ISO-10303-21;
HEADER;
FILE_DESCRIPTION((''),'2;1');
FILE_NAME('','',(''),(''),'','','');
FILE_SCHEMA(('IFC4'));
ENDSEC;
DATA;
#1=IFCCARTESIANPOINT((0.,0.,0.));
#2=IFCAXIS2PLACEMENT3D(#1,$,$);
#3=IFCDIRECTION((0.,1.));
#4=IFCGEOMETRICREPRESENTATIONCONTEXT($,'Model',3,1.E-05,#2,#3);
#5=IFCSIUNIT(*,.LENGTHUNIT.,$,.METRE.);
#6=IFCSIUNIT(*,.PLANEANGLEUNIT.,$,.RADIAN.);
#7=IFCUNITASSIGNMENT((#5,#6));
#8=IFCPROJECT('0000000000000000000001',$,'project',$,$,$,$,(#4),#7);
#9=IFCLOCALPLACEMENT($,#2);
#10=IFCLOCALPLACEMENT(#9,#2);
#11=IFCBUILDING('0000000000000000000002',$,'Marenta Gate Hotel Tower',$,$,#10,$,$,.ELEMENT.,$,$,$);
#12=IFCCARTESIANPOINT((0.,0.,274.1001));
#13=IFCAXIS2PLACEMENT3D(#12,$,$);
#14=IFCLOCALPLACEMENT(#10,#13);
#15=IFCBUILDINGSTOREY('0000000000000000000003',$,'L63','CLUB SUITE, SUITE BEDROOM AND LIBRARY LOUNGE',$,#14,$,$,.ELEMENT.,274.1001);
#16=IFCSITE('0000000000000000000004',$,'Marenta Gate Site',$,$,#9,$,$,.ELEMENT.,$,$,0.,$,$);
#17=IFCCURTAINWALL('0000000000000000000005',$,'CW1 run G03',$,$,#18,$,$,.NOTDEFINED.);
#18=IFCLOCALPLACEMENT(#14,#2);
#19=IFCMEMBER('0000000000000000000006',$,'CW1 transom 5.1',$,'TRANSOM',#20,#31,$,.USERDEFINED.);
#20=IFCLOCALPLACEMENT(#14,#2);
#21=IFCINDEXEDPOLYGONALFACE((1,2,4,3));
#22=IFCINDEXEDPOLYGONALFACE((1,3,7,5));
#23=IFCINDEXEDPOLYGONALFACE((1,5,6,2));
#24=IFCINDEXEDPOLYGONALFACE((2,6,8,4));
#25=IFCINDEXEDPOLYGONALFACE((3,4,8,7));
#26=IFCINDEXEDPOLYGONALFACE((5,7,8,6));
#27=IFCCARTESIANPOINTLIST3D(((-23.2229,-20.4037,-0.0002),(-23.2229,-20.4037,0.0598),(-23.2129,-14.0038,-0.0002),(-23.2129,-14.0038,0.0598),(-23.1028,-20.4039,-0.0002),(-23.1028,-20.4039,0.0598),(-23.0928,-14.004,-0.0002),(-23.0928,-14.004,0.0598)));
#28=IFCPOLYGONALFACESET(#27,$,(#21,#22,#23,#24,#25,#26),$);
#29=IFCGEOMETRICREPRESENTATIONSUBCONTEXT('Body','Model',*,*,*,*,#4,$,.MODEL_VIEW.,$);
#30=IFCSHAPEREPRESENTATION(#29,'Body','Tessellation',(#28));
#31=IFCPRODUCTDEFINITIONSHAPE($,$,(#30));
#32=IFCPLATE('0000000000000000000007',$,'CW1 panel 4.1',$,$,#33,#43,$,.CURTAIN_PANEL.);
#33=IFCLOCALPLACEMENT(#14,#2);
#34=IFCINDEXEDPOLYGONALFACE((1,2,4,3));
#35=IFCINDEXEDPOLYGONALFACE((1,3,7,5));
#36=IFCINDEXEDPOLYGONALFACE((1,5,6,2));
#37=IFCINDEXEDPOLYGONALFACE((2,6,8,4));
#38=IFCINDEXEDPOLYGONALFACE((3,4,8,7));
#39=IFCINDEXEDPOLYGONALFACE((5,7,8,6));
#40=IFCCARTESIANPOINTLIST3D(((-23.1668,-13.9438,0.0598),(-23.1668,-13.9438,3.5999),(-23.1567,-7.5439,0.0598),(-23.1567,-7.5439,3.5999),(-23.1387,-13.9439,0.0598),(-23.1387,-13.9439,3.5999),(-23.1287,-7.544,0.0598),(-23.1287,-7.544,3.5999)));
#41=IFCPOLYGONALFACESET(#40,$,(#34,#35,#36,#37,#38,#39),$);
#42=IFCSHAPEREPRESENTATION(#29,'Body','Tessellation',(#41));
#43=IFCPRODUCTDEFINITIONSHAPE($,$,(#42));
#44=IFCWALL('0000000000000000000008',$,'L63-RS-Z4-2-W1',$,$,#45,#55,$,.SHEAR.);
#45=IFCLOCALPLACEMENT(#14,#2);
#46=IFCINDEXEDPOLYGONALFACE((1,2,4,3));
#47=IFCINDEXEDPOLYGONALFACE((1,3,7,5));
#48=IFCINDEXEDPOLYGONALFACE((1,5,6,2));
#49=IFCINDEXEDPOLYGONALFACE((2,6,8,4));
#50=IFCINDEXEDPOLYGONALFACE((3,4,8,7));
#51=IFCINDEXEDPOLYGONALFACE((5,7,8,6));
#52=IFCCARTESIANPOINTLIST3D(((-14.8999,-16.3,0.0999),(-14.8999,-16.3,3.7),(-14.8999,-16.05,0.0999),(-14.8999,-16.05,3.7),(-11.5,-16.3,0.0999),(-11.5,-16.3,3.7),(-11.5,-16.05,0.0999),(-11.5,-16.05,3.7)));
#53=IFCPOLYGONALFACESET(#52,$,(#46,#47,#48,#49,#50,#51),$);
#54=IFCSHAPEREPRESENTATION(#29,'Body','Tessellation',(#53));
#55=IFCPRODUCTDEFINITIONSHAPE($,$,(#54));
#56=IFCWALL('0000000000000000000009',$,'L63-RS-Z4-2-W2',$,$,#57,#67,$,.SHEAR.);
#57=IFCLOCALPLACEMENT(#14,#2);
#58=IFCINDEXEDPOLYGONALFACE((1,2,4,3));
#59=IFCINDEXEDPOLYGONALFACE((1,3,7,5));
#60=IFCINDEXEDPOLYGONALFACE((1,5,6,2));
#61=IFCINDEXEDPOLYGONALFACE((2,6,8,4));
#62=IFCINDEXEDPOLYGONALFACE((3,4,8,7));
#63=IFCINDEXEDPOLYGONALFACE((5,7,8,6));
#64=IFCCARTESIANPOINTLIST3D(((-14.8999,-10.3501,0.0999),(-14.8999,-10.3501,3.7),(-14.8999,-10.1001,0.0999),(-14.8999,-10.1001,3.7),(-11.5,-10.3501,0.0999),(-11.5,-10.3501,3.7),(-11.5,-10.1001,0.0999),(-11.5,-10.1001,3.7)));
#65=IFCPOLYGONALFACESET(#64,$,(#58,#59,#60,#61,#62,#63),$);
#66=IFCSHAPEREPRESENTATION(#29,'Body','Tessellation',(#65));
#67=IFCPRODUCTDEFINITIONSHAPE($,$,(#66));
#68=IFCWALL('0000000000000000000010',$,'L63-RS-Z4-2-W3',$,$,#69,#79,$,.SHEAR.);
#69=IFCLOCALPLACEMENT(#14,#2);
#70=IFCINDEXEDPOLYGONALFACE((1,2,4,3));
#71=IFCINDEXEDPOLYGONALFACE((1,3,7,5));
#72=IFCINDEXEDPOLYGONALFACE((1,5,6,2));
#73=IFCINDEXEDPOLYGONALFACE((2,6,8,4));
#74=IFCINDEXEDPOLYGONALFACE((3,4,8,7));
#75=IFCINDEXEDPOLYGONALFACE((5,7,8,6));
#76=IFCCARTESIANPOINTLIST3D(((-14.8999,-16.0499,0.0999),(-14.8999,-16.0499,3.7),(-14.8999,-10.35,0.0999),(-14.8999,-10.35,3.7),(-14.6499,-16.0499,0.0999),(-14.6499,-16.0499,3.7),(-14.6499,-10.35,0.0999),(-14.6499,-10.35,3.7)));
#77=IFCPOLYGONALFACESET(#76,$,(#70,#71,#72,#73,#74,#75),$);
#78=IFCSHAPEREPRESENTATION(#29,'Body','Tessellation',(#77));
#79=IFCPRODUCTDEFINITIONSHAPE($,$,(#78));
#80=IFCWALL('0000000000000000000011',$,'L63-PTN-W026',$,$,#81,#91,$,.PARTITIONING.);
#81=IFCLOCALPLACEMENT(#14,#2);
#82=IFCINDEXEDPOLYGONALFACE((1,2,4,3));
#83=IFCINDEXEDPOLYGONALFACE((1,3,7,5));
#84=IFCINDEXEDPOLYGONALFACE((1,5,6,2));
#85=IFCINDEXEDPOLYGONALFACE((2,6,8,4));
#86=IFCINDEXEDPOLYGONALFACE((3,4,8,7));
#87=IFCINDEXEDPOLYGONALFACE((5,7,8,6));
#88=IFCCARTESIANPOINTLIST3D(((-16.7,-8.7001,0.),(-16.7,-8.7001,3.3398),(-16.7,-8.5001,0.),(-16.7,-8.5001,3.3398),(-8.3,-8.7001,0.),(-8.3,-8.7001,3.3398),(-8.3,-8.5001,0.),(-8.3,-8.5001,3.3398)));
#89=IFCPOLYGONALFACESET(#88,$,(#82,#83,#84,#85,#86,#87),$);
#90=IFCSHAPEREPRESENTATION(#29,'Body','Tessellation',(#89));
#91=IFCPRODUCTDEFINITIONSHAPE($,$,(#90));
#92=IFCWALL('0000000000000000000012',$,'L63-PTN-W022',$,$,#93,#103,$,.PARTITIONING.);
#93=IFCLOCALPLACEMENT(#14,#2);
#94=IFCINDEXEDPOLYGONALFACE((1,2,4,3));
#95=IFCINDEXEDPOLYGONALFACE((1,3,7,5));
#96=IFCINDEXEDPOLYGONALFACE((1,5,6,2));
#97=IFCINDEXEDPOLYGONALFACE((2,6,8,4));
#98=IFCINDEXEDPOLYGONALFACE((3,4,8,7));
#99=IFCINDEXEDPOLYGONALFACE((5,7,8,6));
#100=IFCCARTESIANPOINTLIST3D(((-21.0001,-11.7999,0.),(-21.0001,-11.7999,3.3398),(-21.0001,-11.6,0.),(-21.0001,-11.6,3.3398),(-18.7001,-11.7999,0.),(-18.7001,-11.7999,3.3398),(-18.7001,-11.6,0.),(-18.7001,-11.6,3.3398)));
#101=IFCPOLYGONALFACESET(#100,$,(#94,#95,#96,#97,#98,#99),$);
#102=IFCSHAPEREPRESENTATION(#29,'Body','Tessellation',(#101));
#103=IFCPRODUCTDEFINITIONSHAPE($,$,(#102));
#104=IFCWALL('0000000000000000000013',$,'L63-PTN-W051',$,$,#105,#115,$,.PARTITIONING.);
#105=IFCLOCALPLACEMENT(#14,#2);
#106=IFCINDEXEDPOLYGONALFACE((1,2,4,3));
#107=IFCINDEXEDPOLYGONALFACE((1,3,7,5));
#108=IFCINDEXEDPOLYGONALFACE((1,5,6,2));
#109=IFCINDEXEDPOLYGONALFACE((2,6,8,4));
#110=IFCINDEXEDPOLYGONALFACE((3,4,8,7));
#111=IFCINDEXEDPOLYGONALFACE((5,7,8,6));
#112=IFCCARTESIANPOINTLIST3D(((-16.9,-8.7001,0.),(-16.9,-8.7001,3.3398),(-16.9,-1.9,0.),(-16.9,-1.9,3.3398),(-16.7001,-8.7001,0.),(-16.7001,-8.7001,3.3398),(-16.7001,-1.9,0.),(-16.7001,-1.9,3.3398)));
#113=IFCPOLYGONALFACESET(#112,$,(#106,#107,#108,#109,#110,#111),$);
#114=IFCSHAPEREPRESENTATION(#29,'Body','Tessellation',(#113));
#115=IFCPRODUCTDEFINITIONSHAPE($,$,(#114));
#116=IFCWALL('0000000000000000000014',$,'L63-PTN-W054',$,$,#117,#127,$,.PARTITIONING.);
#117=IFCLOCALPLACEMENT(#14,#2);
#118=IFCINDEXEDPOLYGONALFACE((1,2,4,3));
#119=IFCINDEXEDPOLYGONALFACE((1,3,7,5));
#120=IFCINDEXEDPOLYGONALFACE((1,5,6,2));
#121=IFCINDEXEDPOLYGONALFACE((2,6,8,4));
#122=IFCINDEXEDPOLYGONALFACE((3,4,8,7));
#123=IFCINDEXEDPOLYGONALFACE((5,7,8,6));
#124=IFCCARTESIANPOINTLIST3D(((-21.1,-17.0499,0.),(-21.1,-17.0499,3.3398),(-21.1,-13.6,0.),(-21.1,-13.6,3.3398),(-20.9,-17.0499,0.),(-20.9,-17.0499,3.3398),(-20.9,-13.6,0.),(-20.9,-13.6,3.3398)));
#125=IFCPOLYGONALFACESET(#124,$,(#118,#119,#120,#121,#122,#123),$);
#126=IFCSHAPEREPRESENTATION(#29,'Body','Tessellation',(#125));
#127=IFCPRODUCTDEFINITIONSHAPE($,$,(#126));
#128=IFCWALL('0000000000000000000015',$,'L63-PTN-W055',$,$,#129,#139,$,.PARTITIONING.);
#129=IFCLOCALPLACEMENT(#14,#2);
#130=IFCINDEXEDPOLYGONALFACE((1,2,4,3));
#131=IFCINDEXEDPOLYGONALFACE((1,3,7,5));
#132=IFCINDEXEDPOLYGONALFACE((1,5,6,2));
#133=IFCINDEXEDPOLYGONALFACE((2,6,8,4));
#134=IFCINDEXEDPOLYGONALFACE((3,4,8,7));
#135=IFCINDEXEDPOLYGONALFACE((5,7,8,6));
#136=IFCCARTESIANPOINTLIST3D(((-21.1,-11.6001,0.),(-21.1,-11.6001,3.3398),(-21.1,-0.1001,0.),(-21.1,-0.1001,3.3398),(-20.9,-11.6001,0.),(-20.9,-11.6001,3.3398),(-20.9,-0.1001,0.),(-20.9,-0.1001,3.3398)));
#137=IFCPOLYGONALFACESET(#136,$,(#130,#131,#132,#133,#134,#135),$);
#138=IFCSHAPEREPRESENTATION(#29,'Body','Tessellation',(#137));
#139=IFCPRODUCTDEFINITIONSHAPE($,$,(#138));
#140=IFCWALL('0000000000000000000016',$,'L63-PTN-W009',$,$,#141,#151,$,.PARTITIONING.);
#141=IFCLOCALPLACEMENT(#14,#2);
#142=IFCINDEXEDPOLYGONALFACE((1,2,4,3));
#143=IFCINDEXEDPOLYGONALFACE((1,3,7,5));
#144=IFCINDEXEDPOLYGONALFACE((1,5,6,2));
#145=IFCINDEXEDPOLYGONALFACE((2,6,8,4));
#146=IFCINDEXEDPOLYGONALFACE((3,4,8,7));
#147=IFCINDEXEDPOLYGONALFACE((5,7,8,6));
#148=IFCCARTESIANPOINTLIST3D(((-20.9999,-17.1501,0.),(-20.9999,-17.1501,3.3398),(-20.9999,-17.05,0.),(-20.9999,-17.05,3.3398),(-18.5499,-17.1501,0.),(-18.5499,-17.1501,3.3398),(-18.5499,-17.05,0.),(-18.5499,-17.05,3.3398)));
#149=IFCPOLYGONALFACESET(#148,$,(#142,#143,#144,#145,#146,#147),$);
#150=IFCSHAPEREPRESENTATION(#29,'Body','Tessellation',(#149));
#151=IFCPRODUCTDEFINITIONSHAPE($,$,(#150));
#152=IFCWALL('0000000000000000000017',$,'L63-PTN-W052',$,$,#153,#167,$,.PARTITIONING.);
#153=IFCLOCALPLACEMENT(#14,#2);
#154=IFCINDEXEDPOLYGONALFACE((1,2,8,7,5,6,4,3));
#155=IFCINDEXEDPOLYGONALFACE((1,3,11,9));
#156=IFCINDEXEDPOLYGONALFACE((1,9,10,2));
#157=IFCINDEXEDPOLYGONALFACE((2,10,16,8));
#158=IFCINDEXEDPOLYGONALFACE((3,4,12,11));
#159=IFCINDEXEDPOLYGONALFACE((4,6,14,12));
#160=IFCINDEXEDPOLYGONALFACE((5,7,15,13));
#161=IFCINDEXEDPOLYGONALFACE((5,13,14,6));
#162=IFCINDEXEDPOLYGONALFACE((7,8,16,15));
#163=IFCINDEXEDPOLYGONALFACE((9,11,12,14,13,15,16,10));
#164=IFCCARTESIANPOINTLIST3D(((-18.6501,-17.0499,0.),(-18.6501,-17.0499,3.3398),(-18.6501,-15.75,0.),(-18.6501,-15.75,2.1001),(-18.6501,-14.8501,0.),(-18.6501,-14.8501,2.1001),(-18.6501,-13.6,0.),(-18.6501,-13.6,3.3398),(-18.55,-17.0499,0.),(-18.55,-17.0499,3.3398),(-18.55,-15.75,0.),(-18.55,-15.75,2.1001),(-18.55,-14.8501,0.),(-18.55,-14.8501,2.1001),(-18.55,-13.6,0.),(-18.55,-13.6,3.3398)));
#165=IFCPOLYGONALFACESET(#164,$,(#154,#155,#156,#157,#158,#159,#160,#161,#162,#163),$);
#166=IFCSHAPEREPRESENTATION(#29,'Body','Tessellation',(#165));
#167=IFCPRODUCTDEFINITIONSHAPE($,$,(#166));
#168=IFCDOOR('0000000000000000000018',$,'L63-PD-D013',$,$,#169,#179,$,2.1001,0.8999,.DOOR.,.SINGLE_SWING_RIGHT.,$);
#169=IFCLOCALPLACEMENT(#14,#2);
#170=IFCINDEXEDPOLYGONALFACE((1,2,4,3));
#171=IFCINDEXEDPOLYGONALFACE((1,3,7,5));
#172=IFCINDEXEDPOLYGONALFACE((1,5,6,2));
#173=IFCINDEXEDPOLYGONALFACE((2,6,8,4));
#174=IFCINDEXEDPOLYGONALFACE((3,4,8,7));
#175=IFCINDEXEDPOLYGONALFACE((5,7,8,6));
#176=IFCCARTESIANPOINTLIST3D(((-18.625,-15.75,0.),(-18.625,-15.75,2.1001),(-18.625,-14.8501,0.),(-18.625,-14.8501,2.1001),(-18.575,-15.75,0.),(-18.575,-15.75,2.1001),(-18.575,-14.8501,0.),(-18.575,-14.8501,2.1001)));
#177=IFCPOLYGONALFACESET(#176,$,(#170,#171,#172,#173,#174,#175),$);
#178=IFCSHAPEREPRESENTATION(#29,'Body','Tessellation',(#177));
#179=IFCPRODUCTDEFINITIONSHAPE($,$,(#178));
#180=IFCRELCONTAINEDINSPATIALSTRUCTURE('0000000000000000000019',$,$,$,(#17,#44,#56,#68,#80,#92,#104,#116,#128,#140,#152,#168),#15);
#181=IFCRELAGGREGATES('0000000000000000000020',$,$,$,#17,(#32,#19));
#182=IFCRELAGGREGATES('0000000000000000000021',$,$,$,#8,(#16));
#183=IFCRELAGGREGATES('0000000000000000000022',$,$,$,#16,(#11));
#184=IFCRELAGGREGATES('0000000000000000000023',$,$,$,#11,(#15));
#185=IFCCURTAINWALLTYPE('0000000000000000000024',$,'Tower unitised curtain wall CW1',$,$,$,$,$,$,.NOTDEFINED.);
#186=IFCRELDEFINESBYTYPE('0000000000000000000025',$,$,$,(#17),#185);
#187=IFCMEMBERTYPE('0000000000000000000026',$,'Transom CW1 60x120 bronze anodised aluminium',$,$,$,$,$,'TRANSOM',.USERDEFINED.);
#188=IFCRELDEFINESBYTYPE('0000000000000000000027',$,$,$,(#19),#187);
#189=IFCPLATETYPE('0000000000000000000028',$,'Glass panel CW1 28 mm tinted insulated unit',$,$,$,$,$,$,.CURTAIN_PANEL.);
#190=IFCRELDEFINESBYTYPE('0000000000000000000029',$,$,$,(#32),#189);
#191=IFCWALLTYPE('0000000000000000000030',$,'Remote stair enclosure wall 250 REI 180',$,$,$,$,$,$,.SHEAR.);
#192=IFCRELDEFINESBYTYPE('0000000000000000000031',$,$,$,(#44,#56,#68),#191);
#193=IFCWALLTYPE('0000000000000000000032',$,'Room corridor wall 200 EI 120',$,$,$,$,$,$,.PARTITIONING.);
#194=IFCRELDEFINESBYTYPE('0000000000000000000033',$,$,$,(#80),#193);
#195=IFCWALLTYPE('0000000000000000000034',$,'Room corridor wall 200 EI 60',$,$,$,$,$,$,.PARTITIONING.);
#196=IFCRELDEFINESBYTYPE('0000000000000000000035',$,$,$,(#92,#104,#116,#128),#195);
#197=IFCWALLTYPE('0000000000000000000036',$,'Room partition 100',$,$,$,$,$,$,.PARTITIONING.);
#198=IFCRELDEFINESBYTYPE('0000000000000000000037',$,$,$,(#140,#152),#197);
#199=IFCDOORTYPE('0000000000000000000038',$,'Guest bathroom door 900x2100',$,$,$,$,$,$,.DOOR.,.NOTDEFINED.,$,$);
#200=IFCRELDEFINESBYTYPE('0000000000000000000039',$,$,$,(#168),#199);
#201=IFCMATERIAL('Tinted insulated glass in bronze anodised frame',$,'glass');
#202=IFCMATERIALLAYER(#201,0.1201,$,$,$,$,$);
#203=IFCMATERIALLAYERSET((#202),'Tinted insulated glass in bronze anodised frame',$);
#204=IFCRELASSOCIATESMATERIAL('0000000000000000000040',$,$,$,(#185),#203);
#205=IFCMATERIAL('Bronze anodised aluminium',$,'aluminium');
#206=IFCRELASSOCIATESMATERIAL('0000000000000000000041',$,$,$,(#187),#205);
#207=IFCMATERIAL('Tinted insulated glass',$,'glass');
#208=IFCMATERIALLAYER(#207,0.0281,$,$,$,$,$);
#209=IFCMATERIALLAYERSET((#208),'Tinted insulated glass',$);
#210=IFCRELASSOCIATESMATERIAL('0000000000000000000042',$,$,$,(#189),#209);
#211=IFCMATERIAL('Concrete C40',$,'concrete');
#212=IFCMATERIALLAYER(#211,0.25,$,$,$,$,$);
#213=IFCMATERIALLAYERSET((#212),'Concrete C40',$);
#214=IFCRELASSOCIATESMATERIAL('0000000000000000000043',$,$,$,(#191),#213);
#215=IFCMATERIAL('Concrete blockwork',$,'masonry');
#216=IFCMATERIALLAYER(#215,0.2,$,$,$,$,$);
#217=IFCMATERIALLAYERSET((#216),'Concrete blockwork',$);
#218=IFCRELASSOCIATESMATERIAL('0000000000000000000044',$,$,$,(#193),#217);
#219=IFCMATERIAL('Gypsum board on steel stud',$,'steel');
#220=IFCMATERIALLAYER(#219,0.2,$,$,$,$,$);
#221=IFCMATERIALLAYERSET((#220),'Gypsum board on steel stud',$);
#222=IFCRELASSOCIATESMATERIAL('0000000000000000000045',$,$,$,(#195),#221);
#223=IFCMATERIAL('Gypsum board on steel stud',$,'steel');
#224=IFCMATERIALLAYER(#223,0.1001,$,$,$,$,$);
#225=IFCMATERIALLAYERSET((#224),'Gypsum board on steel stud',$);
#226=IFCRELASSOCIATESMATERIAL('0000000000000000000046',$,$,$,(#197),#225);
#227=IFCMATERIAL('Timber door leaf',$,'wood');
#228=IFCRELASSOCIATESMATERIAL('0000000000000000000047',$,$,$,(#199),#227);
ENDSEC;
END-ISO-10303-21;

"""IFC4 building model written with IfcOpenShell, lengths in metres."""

from ifc_helpers import new_model, si_unit, direction, frame, frame_2d, origin, origin_2d, place, context, subcontext, project, spatial, rectangle, extrude, material, layer, layer_set, material_profile, profile_set, type_object, element, fill, aggregate, save


model = new_model("IFC4")

# Units and contexts
model_context = context("Model", 3, precision=1e-05, world=origin(), true_north=direction((0.0, 1.0)))
body_context = subcontext(model_context, "Body", "Model", "MODEL_VIEW")
ifc_project = project(units=[si_unit("LENGTHUNIT", "METRE"), si_unit("PLANEANGLEUNIT", "RADIAN")], contexts=[model_context])

# Site, building, storey
site_placement = place(None, origin())
site = spatial("IfcSite", under=ifc_project, at=site_placement, Name="Marenta Gate Site", CompositionType="ELEMENT", RefElevation=0.0)
building_placement = place(site_placement, origin())
building = spatial("IfcBuilding", under=site, at=building_placement, Name="Marenta Gate Hotel Tower", CompositionType="ELEMENT")
storey_placement = place(building_placement, frame((0.0, 0.0, 274.1001)))
storey = spatial("IfcBuildingStorey", under=building, at=storey_placement, Name="L63", Description="CLUB SUITE, SUITE BEDROOM AND LIBRARY LOUNGE", CompositionType="ELEMENT", Elevation=274.1001)

# Curtain wall, member, plate
ifc_material_1 = material(Name="Tinted insulated glass in bronze anodised frame", Category="glass")
ifc_layer_1 = layer(ifc_material_1, 0.1201)
ifc_layer_set_1 = layer_set([ifc_layer_1], Name="Tinted insulated glass in bronze anodised frame")
curtain_wall_type = type_object("IfcCurtainWallType", Name="Tower unitised curtain wall CW1", PredefinedType="NOTDEFINED", material=ifc_layer_set_1)
curtain_wall_placement = place(storey_placement, origin())
curtain_wall = element("IfcCurtainWall", 1, at=curtain_wall_placement, inside=storey, type_object=curtain_wall_type, Name="CW1 run G03", PredefinedType="NOTDEFINED")
ifc_material_2 = material(Name="Bronze anodised aluminium", Category="aluminium")
ifc_material_profile_1 = material_profile(ifc_material_2, rectangle(XDim=0.1201, YDim=0.0601, at=origin_2d()), Name="Transom CW1 60x120 bronze anodised aluminium")
ifc_profile_set_1 = profile_set([ifc_material_profile_1], Name="Bronze anodised aluminium")
member_type_1 = type_object("IfcMemberType", Name="Transom CW1 60x120 bronze anodised aluminium", ElementType="TRANSOM", PredefinedType="USERDEFINED", material=ifc_profile_set_1)
member_1_placement = place(storey_placement, frame((-23.1528, -14.0039, 0.0298), z_axis=(-0.001564, -0.999999, 0.0), x_axis=(0.999999, -0.001564, 0.0)))
member_1 = element("IfcMember", 2, at=member_1_placement, type_object=member_type_1, Name="CW1 transom 5.1", ObjectType="TRANSOM", PredefinedType="USERDEFINED", context=body_context, shape_type="SweptSolid", body=[
    extrude(rectangle(XDim=0.1201, YDim=0.0601, at=origin_2d()), origin(), (0.0, 0.0, 1.0), 6.3999),
])
ifc_material_3 = material(Name="Tinted insulated glass", Category="glass")
ifc_layer_2 = layer(ifc_material_3, 0.0281)
ifc_layer_set_2 = layer_set([ifc_layer_2], Name="Tinted insulated glass")
plate_type = type_object("IfcPlateType", Name="Glass panel CW1 28 mm tinted insulated unit", PredefinedType="CURTAIN_PANEL", material=ifc_layer_set_2)
plate_placement = place(storey_placement, frame((-23.1477, -10.7439, 0.0598), z_axis=(0.0, 0.0, 1.0), x_axis=(-0.001566, -0.999999, 0.0)))
plate = element("IfcPlate", 3, at=plate_placement, type_object=plate_type, Name="CW1 panel 4.1", PredefinedType="CURTAIN_PANEL", context=body_context, shape_type="SweptSolid", body=[
    extrude(rectangle(XDim=6.3999, YDim=0.0281, at=origin_2d()), origin(), (0.0, 0.0, 1.0), 3.54),
])
aggregate(curtain_wall, [plate, member_1])

# Walls
ifc_material_4 = material(Name="Concrete C40", Category="concrete")
ifc_layer_3 = layer(ifc_material_4, 0.25)
ifc_layer_set_3 = layer_set([ifc_layer_3], Name="Concrete C40")
wall_type_1 = type_object("IfcWallType", Name="Remote stair enclosure wall 250 REI 180", PredefinedType="SHEAR", material=ifc_layer_set_3)
for number, where, z_axis, x_axis, name in (
    (4, (-14.8999, -16.175, 0.0999), (0.0, 0.0, 1.0), (1.0, 0.0, 0.0), "L63-RS-Z4-2-W1"),
    (5, (-14.8999, -10.2251, 0.0999), (0.0, 0.0, 1.0), (1.0, 0.0, 0.0), "L63-RS-Z4-2-W2"),
):
    element("IfcWall", number, at=place(storey_placement, frame(where, z_axis=z_axis, x_axis=x_axis)), inside=storey, type_object=wall_type_1, Name=name, PredefinedType="SHEAR", context=body_context, shape_type="SweptSolid", body=[
        extrude(rectangle(XDim=3.3999, YDim=0.25, at=frame_2d((1.7, 0.0))), origin(), (0.0, 0.0, 1.0), 3.6001),
    ])
wall_1_placement = place(storey_placement, frame((-14.7749, -16.05, 0.0999), z_axis=(0.0, 0.0, 1.0), x_axis=(0.0, 1.0, 0.0)))
element("IfcWall", 6, at=wall_1_placement, inside=storey, type_object=wall_type_1, Name="L63-RS-Z4-2-W3", PredefinedType="SHEAR", context=body_context, shape_type="SweptSolid", body=[
    extrude(rectangle(XDim=5.7, YDim=0.25, at=frame_2d((2.8501, 0.0))), origin(), (0.0, 0.0, 1.0), 3.6001),
])
ifc_material_5 = material(Name="Concrete blockwork", Category="masonry")
ifc_layer_4 = layer(ifc_material_5, 0.2)
ifc_layer_set_4 = layer_set([ifc_layer_4], Name="Concrete blockwork")
wall_type_2 = type_object("IfcWallType", Name="Room corridor wall 200 EI 120", PredefinedType="PARTITIONING", material=ifc_layer_set_4)
wall_2_placement = place(storey_placement, frame((-16.7, -8.6001, 0.0), z_axis=(0.0, 0.0, 1.0), x_axis=(1.0, 0.0, 0.0)))
element("IfcWall", 7, at=wall_2_placement, inside=storey, type_object=wall_type_2, Name="L63-PTN-W026", PredefinedType="PARTITIONING", context=body_context, shape_type="SweptSolid", body=[
    extrude(rectangle(XDim=8.3999, YDim=0.2, at=frame_2d((4.2, 0.0))), origin(), (0.0, 0.0, 1.0), 3.3398),
])

# Shared definitions
ifc_material_6 = material(Name="Gypsum board on steel stud", Category="steel")
ifc_layer_5 = layer(ifc_material_6, 0.2)
ifc_layer_set_5 = layer_set([ifc_layer_5], Name="Gypsum board on steel stud")
wall_type_3 = type_object("IfcWallType", Name="Room corridor wall 200 EI 60", PredefinedType="PARTITIONING", material=ifc_layer_set_5)

# Walls
wall_3_placement = place(storey_placement, frame((-21.0, -11.7, 0.0), z_axis=(0.0, 0.0, 1.0), x_axis=(1.0, 0.0, 0.0)))
element("IfcWall", 8, at=wall_3_placement, inside=storey, type_object=wall_type_3, Name="L63-PTN-W022", PredefinedType="PARTITIONING", context=body_context, shape_type="SweptSolid", body=[
    extrude(rectangle(XDim=2.3, YDim=0.2, at=frame_2d((1.1499, 0.0))), origin(), (0.0, 0.0, 1.0), 3.3398),
])
wall_4_placement = place(storey_placement, frame((-16.8, -8.7, 0.0), z_axis=(0.0, 0.0, 1.0), x_axis=(0.0, 1.0, 0.0)))
element("IfcWall", 9, at=wall_4_placement, inside=storey, type_object=wall_type_3, Name="L63-PTN-W051", PredefinedType="PARTITIONING", context=body_context, shape_type="SweptSolid", body=[
    extrude(rectangle(XDim=6.8, YDim=0.2, at=frame_2d((3.3999, 0.0))), origin(), (0.0, 0.0, 1.0), 3.3398),
])

# Walls
wall_5_placement = place(storey_placement, frame((-21.0, -17.05, 0.0), z_axis=(0.0, 0.0, 1.0), x_axis=(0.0, 1.0, 0.0)))
element("IfcWall", 10, at=wall_5_placement, inside=storey, type_object=wall_type_3, Name="L63-PTN-W054", PredefinedType="PARTITIONING", context=body_context, shape_type="SweptSolid", body=[
    extrude(rectangle(XDim=3.45, YDim=0.2, at=frame_2d((1.7251, 0.0))), origin(), (0.0, 0.0, 1.0), 3.3398),
])
wall_6_placement = place(storey_placement, frame((-21.0, -11.6001, 0.0), z_axis=(0.0, 0.0, 1.0), x_axis=(0.0, 1.0, 0.0)))
element("IfcWall", 11, at=wall_6_placement, inside=storey, type_object=wall_type_3, Name="L63-PTN-W055", PredefinedType="PARTITIONING", context=body_context, shape_type="SweptSolid", body=[
    extrude(rectangle(XDim=11.5, YDim=0.2, at=frame_2d((5.75, 0.0))), origin(), (0.0, 0.0, 1.0), 3.3398),
])
ifc_material_7 = material(Name="Gypsum board on steel stud", Category="steel")
ifc_layer_6 = layer(ifc_material_7, 0.1001)
ifc_layer_set_6 = layer_set([ifc_layer_6], Name="Gypsum board on steel stud")
wall_type_4 = type_object("IfcWallType", Name="Room partition 100", PredefinedType="PARTITIONING", material=ifc_layer_set_6)
wall_7_placement = place(storey_placement, frame((-21.0, -17.1001, 0.0), z_axis=(0.0, 0.0, 1.0), x_axis=(1.0, 0.0, 0.0)))
element("IfcWall", 12, at=wall_7_placement, inside=storey, type_object=wall_type_4, Name="L63-PTN-W009", PredefinedType="PARTITIONING", context=body_context, shape_type="SweptSolid", body=[
    extrude(rectangle(XDim=2.45, YDim=0.1001, at=frame_2d((1.2251, 0.0))), origin(), (0.0, 0.0, 1.0), 3.3398),
])

# Wall, opening, door
wall_8_placement = place(storey_placement, frame((-18.6001, -17.05, 0.0), z_axis=(0.0, 0.0, 1.0), x_axis=(0.0, 1.0, 0.0)))
wall_8 = element("IfcWall", 13, at=wall_8_placement, inside=storey, type_object=wall_type_4, Name="L63-PTN-W052", PredefinedType="PARTITIONING", context=body_context, shape_type="SweptSolid", body=[
    extrude(rectangle(XDim=3.45, YDim=0.1001, at=frame_2d((1.7251, 0.0))), origin(), (0.0, 0.0, 1.0), 3.3398),
])
opening_1_placement = place(wall_8_placement, frame((1.3, 0.0, 0.0)))
opening_1 = element("IfcOpeningElement", 14, at=opening_1_placement, cuts=wall_8, PredefinedType="OPENING", context=body_context, shape_type="SweptSolid", body=[
    extrude(rectangle(XDim=0.8999, YDim=2.1001, at=frame_2d((0.45, 1.05))), frame((0.0, 0.05, 0.0), z_axis=(0.0, -1.0, 0.0), x_axis=(1.0, 0.0, 0.0)), (0.0, 0.0, 1.0), 0.1001),
])
ifc_material_8 = material(Name="Timber door leaf", Category="wood")
door_type_1 = type_object("IfcDoorType", Name="Guest bathroom door 900x2100", OperationType="NOTDEFINED", PredefinedType="DOOR", material=ifc_material_8)
door_1_placement = place(opening_1_placement, origin())
door_1 = element("IfcDoor", 15, at=door_1_placement, inside=storey, type_object=door_type_1, Name="L63-PD-D013", OperationType="SINGLE_SWING_RIGHT", OverallHeight=2.1001, OverallWidth=0.8999, PredefinedType="DOOR", context=body_context, shape_type="SweptSolid", body=[
    extrude(rectangle(XDim=0.8999, YDim=2.1001, at=frame_2d((0.45, 1.05))), frame((0.0, 0.0249, 0.0), z_axis=(0.0, -1.0, 0.0), x_axis=(1.0, 0.0, 0.0)), (0.0, 0.0, 1.0), 0.05),
])
fill(opening_1, door_1)

save(model, "model.ifc")
